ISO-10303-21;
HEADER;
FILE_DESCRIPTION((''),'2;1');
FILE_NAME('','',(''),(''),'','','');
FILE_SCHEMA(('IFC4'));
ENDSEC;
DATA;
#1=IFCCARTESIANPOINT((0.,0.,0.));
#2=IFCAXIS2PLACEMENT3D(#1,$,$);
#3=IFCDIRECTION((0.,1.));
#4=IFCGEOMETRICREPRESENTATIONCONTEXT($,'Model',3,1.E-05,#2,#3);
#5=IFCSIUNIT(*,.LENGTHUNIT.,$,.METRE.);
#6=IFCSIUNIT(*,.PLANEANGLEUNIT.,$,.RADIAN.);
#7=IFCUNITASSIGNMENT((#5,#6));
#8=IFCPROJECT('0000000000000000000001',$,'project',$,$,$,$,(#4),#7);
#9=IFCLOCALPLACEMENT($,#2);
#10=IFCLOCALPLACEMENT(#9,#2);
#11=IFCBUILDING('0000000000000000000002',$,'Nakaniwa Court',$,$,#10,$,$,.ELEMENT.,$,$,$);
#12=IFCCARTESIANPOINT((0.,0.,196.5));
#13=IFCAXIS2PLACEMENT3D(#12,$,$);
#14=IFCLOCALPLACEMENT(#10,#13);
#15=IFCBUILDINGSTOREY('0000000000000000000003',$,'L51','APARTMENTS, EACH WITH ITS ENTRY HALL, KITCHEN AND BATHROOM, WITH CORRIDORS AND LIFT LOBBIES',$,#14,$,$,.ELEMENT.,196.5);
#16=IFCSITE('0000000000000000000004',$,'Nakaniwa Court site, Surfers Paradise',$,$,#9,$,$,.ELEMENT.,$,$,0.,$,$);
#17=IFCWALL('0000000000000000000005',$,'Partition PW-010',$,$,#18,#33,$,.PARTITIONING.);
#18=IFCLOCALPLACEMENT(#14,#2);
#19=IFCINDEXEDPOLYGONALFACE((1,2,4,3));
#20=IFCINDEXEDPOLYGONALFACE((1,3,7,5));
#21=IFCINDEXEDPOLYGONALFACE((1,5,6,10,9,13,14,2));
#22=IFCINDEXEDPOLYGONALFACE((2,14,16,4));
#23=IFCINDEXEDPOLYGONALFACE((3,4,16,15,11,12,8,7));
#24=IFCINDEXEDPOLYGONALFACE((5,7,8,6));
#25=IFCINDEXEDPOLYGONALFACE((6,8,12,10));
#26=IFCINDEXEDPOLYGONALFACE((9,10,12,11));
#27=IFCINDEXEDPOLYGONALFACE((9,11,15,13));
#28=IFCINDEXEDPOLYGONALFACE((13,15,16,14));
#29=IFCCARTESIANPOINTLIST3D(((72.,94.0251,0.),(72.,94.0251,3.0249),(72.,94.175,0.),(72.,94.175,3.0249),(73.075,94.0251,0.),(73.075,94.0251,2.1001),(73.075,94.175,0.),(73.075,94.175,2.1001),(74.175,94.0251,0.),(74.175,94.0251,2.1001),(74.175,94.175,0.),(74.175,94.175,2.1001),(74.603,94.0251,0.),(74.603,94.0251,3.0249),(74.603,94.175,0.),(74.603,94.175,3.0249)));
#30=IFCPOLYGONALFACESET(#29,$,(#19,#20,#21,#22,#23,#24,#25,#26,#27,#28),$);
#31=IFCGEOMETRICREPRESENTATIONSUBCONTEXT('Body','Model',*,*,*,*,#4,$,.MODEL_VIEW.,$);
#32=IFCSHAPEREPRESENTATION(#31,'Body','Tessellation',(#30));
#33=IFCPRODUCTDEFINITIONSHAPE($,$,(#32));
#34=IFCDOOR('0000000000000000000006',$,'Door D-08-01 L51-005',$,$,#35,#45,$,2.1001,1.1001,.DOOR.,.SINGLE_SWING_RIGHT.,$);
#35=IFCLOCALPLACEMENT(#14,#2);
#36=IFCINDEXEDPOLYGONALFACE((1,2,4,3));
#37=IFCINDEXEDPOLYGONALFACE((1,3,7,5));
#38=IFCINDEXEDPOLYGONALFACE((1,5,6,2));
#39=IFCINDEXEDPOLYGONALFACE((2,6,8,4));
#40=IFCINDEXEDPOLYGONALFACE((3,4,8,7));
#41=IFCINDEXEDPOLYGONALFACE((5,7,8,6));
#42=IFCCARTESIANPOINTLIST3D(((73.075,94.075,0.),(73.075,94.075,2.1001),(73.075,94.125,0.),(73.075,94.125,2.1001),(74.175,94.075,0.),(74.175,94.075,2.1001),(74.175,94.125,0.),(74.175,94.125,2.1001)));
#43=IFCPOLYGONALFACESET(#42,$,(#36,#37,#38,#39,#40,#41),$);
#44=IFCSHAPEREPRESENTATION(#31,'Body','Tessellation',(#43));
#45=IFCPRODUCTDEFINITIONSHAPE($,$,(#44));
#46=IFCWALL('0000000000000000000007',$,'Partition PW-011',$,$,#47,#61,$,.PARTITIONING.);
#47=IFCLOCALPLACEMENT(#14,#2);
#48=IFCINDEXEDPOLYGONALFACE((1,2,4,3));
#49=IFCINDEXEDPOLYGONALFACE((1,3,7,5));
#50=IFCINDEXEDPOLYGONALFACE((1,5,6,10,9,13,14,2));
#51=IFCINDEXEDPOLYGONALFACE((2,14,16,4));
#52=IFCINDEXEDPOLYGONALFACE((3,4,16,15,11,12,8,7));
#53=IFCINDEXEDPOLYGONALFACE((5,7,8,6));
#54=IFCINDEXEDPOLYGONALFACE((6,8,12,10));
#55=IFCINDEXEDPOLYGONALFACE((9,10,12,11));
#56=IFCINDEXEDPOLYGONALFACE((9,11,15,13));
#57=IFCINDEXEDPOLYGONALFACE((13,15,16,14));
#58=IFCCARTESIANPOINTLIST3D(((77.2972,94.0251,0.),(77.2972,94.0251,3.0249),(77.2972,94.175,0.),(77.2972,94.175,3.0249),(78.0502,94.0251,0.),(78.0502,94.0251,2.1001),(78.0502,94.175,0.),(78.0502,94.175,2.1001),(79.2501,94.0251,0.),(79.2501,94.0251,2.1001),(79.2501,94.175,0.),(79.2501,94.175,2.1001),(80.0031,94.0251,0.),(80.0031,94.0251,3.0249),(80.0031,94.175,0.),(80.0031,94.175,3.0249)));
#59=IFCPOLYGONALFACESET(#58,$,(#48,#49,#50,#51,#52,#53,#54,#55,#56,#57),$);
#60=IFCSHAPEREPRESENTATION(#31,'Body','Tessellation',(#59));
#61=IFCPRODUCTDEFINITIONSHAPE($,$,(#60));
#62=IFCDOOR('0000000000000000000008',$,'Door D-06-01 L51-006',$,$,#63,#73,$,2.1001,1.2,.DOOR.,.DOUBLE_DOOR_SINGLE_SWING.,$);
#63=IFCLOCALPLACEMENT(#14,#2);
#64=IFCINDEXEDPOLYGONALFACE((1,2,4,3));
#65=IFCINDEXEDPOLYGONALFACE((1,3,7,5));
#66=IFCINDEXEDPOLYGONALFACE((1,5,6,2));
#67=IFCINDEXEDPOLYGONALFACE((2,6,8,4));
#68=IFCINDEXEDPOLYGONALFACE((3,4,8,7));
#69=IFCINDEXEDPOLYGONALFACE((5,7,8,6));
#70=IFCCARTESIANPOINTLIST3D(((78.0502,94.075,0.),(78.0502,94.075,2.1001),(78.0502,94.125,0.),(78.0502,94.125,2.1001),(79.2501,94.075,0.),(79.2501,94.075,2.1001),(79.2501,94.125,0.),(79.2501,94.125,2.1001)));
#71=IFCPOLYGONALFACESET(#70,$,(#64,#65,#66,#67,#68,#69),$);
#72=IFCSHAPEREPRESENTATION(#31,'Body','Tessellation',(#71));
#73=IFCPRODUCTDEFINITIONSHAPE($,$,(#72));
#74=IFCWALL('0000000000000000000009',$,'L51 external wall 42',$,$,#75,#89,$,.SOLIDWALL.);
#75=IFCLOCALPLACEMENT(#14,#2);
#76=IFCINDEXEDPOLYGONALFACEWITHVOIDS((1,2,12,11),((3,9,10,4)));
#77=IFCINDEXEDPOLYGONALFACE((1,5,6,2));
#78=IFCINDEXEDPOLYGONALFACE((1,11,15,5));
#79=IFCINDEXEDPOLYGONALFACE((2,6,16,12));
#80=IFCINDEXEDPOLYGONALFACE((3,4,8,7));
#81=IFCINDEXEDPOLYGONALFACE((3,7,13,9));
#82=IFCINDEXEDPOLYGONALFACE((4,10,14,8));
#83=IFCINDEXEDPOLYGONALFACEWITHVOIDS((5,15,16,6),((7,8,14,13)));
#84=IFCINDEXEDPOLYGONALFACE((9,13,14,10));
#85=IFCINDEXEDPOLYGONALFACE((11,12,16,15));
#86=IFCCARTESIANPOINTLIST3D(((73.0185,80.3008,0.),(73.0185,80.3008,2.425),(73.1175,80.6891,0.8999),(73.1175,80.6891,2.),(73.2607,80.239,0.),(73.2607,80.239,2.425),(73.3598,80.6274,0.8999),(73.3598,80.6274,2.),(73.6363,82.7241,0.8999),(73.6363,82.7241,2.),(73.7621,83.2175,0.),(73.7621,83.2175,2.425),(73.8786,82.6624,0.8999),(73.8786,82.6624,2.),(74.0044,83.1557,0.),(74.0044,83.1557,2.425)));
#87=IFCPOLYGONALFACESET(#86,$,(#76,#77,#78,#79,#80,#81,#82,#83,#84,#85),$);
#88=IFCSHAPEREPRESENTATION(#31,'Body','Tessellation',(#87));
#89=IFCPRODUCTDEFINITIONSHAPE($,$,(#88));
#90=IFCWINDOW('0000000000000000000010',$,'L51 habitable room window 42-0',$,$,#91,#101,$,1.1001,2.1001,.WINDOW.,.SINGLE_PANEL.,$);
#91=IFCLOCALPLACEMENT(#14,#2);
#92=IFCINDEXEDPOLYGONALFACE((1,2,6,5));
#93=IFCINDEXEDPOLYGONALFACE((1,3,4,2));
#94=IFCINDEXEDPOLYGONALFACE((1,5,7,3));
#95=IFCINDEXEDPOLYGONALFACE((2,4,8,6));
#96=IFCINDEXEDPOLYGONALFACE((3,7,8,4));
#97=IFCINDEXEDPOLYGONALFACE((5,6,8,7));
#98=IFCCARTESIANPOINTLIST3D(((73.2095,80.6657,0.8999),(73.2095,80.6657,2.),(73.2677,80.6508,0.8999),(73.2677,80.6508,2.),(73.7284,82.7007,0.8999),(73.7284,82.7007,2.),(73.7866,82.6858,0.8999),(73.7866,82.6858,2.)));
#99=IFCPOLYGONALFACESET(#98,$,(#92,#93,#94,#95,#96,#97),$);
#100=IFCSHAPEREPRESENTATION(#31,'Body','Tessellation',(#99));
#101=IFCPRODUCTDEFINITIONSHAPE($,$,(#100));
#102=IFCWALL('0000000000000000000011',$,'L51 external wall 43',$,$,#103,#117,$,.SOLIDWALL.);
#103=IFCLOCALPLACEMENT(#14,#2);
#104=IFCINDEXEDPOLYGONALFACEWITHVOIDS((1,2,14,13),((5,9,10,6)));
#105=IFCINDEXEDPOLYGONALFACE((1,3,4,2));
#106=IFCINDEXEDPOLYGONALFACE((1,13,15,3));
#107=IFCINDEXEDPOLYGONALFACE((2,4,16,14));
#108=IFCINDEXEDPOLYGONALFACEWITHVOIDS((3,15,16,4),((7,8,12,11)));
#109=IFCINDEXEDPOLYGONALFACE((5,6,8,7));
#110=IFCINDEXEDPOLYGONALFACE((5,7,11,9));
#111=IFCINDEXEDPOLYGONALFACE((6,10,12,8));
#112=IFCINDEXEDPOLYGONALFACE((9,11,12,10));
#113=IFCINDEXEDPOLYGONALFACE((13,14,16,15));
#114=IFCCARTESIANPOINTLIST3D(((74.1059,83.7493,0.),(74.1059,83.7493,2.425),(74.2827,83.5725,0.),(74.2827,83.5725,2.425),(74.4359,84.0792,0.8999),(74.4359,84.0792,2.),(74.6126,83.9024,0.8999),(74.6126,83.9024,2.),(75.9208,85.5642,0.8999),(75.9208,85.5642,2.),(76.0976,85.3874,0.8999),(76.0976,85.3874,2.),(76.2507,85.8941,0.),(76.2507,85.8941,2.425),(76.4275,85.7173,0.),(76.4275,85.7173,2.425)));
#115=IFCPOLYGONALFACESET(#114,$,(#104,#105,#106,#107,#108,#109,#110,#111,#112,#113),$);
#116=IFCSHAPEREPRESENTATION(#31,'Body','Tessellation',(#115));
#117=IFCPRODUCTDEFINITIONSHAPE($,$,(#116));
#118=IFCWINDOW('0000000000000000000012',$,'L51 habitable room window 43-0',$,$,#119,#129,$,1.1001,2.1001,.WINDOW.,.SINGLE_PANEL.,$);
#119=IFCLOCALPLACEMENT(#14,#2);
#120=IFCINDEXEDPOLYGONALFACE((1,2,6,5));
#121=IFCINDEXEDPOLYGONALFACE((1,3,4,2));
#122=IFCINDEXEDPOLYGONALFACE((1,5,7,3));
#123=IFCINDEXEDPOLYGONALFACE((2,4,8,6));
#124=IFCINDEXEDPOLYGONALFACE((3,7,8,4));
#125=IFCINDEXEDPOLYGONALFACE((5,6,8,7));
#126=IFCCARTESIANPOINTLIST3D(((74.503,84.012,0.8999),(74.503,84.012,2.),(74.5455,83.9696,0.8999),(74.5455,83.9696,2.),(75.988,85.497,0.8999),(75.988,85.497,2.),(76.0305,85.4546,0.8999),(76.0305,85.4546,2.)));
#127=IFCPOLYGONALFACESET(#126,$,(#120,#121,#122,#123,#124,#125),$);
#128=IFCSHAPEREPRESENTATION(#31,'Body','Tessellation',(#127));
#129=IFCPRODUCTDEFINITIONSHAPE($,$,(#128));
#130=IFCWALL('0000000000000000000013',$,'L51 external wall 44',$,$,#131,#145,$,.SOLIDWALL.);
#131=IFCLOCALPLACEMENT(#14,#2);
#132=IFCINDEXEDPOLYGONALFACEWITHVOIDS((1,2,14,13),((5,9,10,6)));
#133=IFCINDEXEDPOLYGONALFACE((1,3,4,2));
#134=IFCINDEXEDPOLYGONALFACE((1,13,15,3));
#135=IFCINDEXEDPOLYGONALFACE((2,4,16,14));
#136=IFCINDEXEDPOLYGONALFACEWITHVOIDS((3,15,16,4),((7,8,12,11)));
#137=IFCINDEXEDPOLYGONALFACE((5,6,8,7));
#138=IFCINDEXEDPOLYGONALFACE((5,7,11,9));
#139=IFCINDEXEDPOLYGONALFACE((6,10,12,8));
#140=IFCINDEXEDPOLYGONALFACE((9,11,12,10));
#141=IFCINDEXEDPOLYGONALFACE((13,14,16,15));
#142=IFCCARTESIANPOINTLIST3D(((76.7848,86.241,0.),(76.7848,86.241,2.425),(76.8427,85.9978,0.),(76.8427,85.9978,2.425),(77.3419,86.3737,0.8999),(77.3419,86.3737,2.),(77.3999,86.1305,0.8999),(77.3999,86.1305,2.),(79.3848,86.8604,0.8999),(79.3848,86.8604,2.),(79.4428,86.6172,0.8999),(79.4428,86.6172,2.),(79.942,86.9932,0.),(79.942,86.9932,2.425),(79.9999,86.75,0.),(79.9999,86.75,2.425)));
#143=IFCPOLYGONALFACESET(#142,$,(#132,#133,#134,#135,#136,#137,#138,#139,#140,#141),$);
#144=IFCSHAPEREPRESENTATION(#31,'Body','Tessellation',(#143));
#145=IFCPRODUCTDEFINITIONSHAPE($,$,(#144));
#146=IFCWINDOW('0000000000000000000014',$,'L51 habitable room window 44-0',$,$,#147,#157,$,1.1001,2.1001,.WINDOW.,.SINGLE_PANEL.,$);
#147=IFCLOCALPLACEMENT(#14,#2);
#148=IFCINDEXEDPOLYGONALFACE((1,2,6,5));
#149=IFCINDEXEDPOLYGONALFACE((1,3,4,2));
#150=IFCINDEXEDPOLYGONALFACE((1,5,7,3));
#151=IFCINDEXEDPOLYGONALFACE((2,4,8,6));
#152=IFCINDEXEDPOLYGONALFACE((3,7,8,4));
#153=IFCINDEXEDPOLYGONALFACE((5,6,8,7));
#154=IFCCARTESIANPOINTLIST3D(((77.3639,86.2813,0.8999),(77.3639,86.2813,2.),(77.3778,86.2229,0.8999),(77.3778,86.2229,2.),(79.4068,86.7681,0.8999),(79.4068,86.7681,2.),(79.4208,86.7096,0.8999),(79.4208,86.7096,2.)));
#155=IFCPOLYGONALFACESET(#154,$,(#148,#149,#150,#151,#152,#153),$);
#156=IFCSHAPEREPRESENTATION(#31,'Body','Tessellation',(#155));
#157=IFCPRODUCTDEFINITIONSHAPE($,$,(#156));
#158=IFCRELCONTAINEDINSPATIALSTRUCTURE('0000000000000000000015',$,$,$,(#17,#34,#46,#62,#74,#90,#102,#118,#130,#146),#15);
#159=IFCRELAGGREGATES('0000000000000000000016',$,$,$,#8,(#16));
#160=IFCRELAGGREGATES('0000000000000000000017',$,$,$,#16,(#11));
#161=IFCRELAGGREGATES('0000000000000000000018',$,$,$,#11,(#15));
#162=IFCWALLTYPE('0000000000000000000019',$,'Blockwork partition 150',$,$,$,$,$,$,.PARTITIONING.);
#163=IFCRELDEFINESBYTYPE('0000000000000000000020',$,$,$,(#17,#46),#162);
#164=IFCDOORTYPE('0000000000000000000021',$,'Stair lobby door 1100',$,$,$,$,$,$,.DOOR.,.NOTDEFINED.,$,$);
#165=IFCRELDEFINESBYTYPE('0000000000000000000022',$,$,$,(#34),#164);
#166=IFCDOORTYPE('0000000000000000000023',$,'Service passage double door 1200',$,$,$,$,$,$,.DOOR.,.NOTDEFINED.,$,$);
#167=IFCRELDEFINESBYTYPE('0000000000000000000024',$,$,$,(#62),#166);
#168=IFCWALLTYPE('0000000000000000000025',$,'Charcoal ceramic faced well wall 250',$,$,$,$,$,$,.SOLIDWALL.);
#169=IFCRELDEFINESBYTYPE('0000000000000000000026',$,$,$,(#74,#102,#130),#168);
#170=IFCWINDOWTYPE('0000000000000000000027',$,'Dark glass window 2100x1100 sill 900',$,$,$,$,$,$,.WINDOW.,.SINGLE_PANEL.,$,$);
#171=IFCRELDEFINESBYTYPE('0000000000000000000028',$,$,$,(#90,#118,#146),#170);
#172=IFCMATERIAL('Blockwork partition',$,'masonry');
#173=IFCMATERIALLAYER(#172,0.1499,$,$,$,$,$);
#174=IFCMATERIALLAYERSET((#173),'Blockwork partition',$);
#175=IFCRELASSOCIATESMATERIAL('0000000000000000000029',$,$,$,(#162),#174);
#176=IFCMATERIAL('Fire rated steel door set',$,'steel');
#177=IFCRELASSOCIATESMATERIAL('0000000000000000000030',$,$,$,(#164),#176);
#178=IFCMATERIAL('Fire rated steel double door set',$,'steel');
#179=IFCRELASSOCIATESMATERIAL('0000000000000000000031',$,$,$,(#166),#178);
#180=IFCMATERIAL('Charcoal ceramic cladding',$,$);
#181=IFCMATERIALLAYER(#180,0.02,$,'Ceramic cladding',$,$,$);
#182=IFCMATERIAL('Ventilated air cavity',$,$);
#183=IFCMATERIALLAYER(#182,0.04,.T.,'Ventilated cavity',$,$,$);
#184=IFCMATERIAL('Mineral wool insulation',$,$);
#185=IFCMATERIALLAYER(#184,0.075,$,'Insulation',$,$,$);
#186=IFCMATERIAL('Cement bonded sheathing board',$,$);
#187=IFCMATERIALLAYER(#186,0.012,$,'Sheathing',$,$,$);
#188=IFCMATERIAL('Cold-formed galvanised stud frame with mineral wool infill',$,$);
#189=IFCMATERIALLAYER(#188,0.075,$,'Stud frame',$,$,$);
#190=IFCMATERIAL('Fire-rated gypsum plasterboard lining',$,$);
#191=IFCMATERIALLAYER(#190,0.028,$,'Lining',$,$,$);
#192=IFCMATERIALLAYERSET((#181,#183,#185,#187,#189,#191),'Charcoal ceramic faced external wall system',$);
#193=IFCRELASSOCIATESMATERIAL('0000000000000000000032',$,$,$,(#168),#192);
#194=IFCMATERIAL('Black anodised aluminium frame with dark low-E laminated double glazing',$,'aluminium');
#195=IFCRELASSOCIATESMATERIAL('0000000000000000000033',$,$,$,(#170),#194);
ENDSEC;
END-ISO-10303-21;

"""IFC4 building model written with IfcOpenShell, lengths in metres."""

from ifc_helpers import new_model, si_unit, direction, frame, frame_2d, origin, place, context, subcontext, project, spatial, rectangle, extrude, material, layer, layer_set, type_object, element, fill, save


model = new_model("IFC4")

# Units and contexts
model_context = context("Model", 3, precision=1e-05, world=origin(), true_north=direction((0.0, 1.0)))
body_context = subcontext(model_context, "Body", "Model", "MODEL_VIEW")
ifc_project = project(units=[si_unit("LENGTHUNIT", "METRE"), si_unit("PLANEANGLEUNIT", "RADIAN")], contexts=[model_context])

# Site, building, storey
site_placement = place(None, origin())
site = spatial("IfcSite", under=ifc_project, at=site_placement, Name="Nakaniwa Court site, Surfers Paradise", CompositionType="ELEMENT", RefElevation=0.0)
building_placement = place(site_placement, origin())
building = spatial("IfcBuilding", under=site, at=building_placement, Name="Nakaniwa Court", CompositionType="ELEMENT")
storey_placement = place(building_placement, frame((0.0, 0.0, 196.5)))
storey = spatial("IfcBuildingStorey", under=building, at=storey_placement, Name="L51", Description="APARTMENTS, EACH WITH ITS ENTRY HALL, KITCHEN AND BATHROOM, WITH CORRIDORS AND LIFT LOBBIES", CompositionType="ELEMENT", Elevation=196.5)

# Shared definitions
ifc_material_1 = material(Name="Blockwork partition", Category="masonry")
ifc_layer_1 = layer(ifc_material_1, 0.1499)
ifc_layer_set_1 = layer_set([ifc_layer_1], Name="Blockwork partition")
wall_type_1 = type_object("IfcWallType", Name="Blockwork partition 150", PredefinedType="PARTITIONING", material=ifc_layer_set_1)

# Walls, openings, doors
wall_1_placement = place(storey_placement, frame((72.0, 94.1001, 0.0), z_axis=(0.0, 0.0, 1.0), x_axis=(1.0, 0.0, 0.0)))
wall_1 = element("IfcWall", 1, at=wall_1_placement, inside=storey, type_object=wall_type_1, Name="Partition PW-010", PredefinedType="PARTITIONING", context=body_context, shape_type="SweptSolid", body=[
    extrude(rectangle(XDim=2.603, YDim=0.1499, at=frame_2d((1.3015, 0.0))), origin(), (0.0, 0.0, 1.0), 3.0249),
])
opening_1_placement = place(wall_1_placement, frame((1.075, 0.0, 0.0)))
opening_1 = element("IfcOpeningElement", 2, at=opening_1_placement, cuts=wall_1, PredefinedType="OPENING", context=body_context, shape_type="SweptSolid", body=[
    extrude(rectangle(XDim=1.1001, YDim=2.1001, at=frame_2d((0.55, 1.05))), frame((0.0, 0.085, 0.0), z_axis=(0.0, -1.0, 0.0), x_axis=(1.0, 0.0, 0.0)), (0.0, 0.0, 1.0), 0.1699),
])
ifc_material_2 = material(Name="Fire rated steel door set", Category="steel")
door_type_1 = type_object("IfcDoorType", Name="Stair lobby door 1100", OperationType="NOTDEFINED", PredefinedType="DOOR", material=ifc_material_2)
door_1_placement = place(opening_1_placement, origin())
door_1 = element("IfcDoor", 3, at=door_1_placement, inside=storey, type_object=door_type_1, Name="Door D-08-01 L51-005", OperationType="SINGLE_SWING_RIGHT", OverallHeight=2.1001, OverallWidth=1.1001, PredefinedType="DOOR", context=body_context, shape_type="SweptSolid", body=[
    extrude(rectangle(XDim=1.1001, YDim=2.1001, at=frame_2d((0.55, 1.05))), frame((0.0, 0.0249, 0.0), z_axis=(0.0, -1.0, 0.0), x_axis=(1.0, 0.0, 0.0)), (0.0, 0.0, 1.0), 0.05),
])
fill(opening_1, door_1)
wall_2_placement = place(storey_placement, frame((77.2971, 94.1001, 0.0), z_axis=(0.0, 0.0, 1.0), x_axis=(1.0, 0.0, 0.0)))
wall_2 = element("IfcWall", 4, at=wall_2_placement, inside=storey, type_object=wall_type_1, Name="Partition PW-011", PredefinedType="PARTITIONING", context=body_context, shape_type="SweptSolid", body=[
    extrude(rectangle(XDim=2.7058, YDim=0.1499, at=frame_2d((1.353, 0.0))), origin(), (0.0, 0.0, 1.0), 3.0249),
])
opening_2_placement = place(wall_2_placement, frame((0.7529, 0.0, 0.0)))
opening_2 = element("IfcOpeningElement", 5, at=opening_2_placement, cuts=wall_2, PredefinedType="OPENING", context=body_context, shape_type="SweptSolid", body=[
    extrude(rectangle(XDim=1.2, YDim=2.1001, at=frame_2d((0.6001, 1.05))), frame((0.0, 0.085, 0.0), z_axis=(0.0, -1.0, 0.0), x_axis=(1.0, 0.0, 0.0)), (0.0, 0.0, 1.0), 0.1699),
])
ifc_material_3 = material(Name="Fire rated steel double door set", Category="steel")
door_type_2 = type_object("IfcDoorType", Name="Service passage double door 1200", OperationType="NOTDEFINED", PredefinedType="DOOR", material=ifc_material_3)
door_2_placement = place(opening_2_placement, origin())
door_2 = element("IfcDoor", 6, at=door_2_placement, inside=storey, type_object=door_type_2, Name="Door D-06-01 L51-006", OperationType="DOUBLE_DOOR_SINGLE_SWING", OverallHeight=2.1001, OverallWidth=1.2, PredefinedType="DOOR", context=body_context, shape_type="SweptSolid", body=[
    extrude(rectangle(XDim=1.2, YDim=2.1001, at=frame_2d((0.6001, 1.05))), frame((0.0, 0.0249, 0.0), z_axis=(0.0, -1.0, 0.0), x_axis=(1.0, 0.0, 0.0)), (0.0, 0.0, 1.0), 0.05),
])
fill(opening_2, door_2)

# Walls, openings, windows
ifc_material_4 = material(Name="Charcoal ceramic cladding")
ifc_layer_2 = layer(ifc_material_4, 0.02, Name="Ceramic cladding")
ifc_material_5 = material(Name="Ventilated air cavity")
ifc_layer_3 = layer(ifc_material_5, 0.04, ventilated=True, Name="Ventilated cavity")
ifc_material_6 = material(Name="Mineral wool insulation")
ifc_layer_4 = layer(ifc_material_6, 0.075, Name="Insulation")
ifc_material_7 = material(Name="Cement bonded sheathing board")
ifc_layer_5 = layer(ifc_material_7, 0.012, Name="Sheathing")
ifc_material_8 = material(Name="Cold-formed galvanised stud frame with mineral wool infill")
ifc_layer_6 = layer(ifc_material_8, 0.075, Name="Stud frame")
ifc_material_9 = material(Name="Fire-rated gypsum plasterboard lining")
ifc_layer_7 = layer(ifc_material_9, 0.028, Name="Lining")
ifc_layer_set_2 = layer_set([ifc_layer_2, ifc_layer_3, ifc_layer_4, ifc_layer_5, ifc_layer_6, ifc_layer_7], Name="Charcoal ceramic faced external wall system")
wall_type_2 = type_object("IfcWallType", Name="Charcoal ceramic faced well wall 250", PredefinedType="SOLIDWALL", material=ifc_layer_set_2)
wall_3_placement = place(storey_placement, frame((73.1396, 80.27, 0.0), z_axis=(0.0, 0.0, 1.0), x_axis=(0.247056, 0.969001, 0.0)))
wall_3 = element("IfcWall", 7, at=wall_3_placement, inside=storey, type_object=wall_type_2, Name="L51 external wall 42", PredefinedType="SOLIDWALL", context=body_context, shape_type="SweptSolid", body=[
    extrude(rectangle(XDim=3.01, YDim=0.25, at=frame_2d((1.5049, 0.0))), origin(), (0.0, 0.0, 1.0), 2.425),
])
opening_3_placement = place(wall_3_placement, frame((0.4006, 0.0, 0.8999)))
opening_3 = element("IfcOpeningElement", 8, at=opening_3_placement, cuts=wall_3, PredefinedType="OPENING", context=body_context, shape_type="SweptSolid", body=[
    extrude(rectangle(XDim=2.1001, YDim=1.1001, at=frame_2d((1.05, 0.55))), frame((0.0, 0.135, 0.0), z_axis=(0.0, -1.0, 0.0), x_axis=(1.0, 0.0, 0.0)), (0.0, 0.0, 1.0), 0.27),
])
ifc_material_10 = material(Name="Black anodised aluminium frame with dark low-E laminated double glazing", Category="aluminium")
window_type = type_object("IfcWindowType", Name="Dark glass window 2100x1100 sill 900", PartitioningType="SINGLE_PANEL", PredefinedType="WINDOW", material=ifc_material_10)
window_1_placement = place(opening_3_placement, origin())
window_1 = element("IfcWindow", 9, at=window_1_placement, inside=storey, type_object=window_type, Name="L51 habitable room window 42-0", OverallHeight=1.1001, OverallWidth=2.1001, PartitioningType="SINGLE_PANEL", PredefinedType="WINDOW", context=body_context, shape_type="SweptSolid", body=[
    extrude(rectangle(XDim=2.1001, YDim=1.1001, at=frame_2d((1.05, 0.55))), frame((0.0, 0.03, 0.0), z_axis=(0.0, -1.0, 0.0), x_axis=(1.0, 0.0, 0.0)), (0.0, 0.0, 1.0), 0.0601),
])
fill(opening_3, window_1)
wall_4_placement = place(storey_placement, frame((74.1943, 83.6609, 0.0), z_axis=(0.0, 0.0, 1.0), x_axis=(0.707107, 0.707107, 0.0)))
wall_4 = element("IfcWall", 10, at=wall_4_placement, inside=storey, type_object=wall_type_2, Name="L51 external wall 43", PredefinedType="SOLIDWALL", context=body_context, shape_type="SweptSolid", body=[
    extrude(rectangle(XDim=3.0332, YDim=0.25, at=frame_2d((1.5166, 0.0))), origin(), (0.0, 0.0, 1.0), 2.425),
])
opening_4_placement = place(wall_4_placement, frame((0.4666, 0.0, 0.8999)))
opening_4 = element("IfcOpeningElement", 11, at=opening_4_placement, cuts=wall_4, PredefinedType="OPENING", context=body_context, shape_type="SweptSolid", body=[
    extrude(rectangle(XDim=2.1001, YDim=1.1001, at=frame_2d((1.05, 0.55))), frame((0.0, 0.135, 0.0), z_axis=(0.0, -1.0, 0.0), x_axis=(1.0, 0.0, 0.0)), (0.0, 0.0, 1.0), 0.27),
])
window_2_placement = place(opening_4_placement, origin())
window_2 = element("IfcWindow", 12, at=window_2_placement, inside=storey, type_object=window_type, Name="L51 habitable room window 43-0", OverallHeight=1.1001, OverallWidth=2.1001, PartitioningType="SINGLE_PANEL", PredefinedType="WINDOW", context=body_context, shape_type="SweptSolid", body=[
    extrude(rectangle(XDim=2.1001, YDim=1.1001, at=frame_2d((1.05, 0.55))), frame((0.0, 0.03, 0.0), z_axis=(0.0, -1.0, 0.0), x_axis=(1.0, 0.0, 0.0)), (0.0, 0.0, 1.0), 0.0601),
])
fill(opening_4, window_2)
wall_5_placement = place(storey_placement, frame((76.8137, 86.1194, 0.0), z_axis=(0.0, 0.0, 1.0), x_axis=(0.972773, 0.23176, 0.0)))
wall_5 = element("IfcWall", 13, at=wall_5_placement, inside=storey, type_object=wall_type_2, Name="L51 external wall 44", PredefinedType="SOLIDWALL", context=body_context, shape_type="SweptSolid", body=[
    extrude(rectangle(XDim=3.2456, YDim=0.25, at=frame_2d((1.6228, 0.0))), origin(), (0.0, 0.0, 1.0), 2.425),
])
opening_5_placement = place(wall_5_placement, frame((0.5728, 0.0, 0.8999)))
opening_5 = element("IfcOpeningElement", 14, at=opening_5_placement, cuts=wall_5, PredefinedType="OPENING", context=body_context, shape_type="SweptSolid", body=[
    extrude(rectangle(XDim=2.1001, YDim=1.1001, at=frame_2d((1.05, 0.55))), frame((0.0, 0.135, 0.0), z_axis=(0.0, -1.0, 0.0), x_axis=(1.0, 0.0, 0.0)), (0.0, 0.0, 1.0), 0.27),
])
window_3_placement = place(opening_5_placement, origin())
window_3 = element("IfcWindow", 15, at=window_3_placement, inside=storey, type_object=window_type, Name="L51 habitable room window 44-0", OverallHeight=1.1001, OverallWidth=2.1001, PartitioningType="SINGLE_PANEL", PredefinedType="WINDOW", context=body_context, shape_type="SweptSolid", body=[
    extrude(rectangle(XDim=2.1001, YDim=1.1001, at=frame_2d((1.05, 0.55))), frame((0.0, 0.03, 0.0), z_axis=(0.0, -1.0, 0.0), x_axis=(1.0, 0.0, 0.0)), (0.0, 0.0, 1.0), 0.0601),
])
fill(opening_5, window_3)

save(model, "model.ifc")
